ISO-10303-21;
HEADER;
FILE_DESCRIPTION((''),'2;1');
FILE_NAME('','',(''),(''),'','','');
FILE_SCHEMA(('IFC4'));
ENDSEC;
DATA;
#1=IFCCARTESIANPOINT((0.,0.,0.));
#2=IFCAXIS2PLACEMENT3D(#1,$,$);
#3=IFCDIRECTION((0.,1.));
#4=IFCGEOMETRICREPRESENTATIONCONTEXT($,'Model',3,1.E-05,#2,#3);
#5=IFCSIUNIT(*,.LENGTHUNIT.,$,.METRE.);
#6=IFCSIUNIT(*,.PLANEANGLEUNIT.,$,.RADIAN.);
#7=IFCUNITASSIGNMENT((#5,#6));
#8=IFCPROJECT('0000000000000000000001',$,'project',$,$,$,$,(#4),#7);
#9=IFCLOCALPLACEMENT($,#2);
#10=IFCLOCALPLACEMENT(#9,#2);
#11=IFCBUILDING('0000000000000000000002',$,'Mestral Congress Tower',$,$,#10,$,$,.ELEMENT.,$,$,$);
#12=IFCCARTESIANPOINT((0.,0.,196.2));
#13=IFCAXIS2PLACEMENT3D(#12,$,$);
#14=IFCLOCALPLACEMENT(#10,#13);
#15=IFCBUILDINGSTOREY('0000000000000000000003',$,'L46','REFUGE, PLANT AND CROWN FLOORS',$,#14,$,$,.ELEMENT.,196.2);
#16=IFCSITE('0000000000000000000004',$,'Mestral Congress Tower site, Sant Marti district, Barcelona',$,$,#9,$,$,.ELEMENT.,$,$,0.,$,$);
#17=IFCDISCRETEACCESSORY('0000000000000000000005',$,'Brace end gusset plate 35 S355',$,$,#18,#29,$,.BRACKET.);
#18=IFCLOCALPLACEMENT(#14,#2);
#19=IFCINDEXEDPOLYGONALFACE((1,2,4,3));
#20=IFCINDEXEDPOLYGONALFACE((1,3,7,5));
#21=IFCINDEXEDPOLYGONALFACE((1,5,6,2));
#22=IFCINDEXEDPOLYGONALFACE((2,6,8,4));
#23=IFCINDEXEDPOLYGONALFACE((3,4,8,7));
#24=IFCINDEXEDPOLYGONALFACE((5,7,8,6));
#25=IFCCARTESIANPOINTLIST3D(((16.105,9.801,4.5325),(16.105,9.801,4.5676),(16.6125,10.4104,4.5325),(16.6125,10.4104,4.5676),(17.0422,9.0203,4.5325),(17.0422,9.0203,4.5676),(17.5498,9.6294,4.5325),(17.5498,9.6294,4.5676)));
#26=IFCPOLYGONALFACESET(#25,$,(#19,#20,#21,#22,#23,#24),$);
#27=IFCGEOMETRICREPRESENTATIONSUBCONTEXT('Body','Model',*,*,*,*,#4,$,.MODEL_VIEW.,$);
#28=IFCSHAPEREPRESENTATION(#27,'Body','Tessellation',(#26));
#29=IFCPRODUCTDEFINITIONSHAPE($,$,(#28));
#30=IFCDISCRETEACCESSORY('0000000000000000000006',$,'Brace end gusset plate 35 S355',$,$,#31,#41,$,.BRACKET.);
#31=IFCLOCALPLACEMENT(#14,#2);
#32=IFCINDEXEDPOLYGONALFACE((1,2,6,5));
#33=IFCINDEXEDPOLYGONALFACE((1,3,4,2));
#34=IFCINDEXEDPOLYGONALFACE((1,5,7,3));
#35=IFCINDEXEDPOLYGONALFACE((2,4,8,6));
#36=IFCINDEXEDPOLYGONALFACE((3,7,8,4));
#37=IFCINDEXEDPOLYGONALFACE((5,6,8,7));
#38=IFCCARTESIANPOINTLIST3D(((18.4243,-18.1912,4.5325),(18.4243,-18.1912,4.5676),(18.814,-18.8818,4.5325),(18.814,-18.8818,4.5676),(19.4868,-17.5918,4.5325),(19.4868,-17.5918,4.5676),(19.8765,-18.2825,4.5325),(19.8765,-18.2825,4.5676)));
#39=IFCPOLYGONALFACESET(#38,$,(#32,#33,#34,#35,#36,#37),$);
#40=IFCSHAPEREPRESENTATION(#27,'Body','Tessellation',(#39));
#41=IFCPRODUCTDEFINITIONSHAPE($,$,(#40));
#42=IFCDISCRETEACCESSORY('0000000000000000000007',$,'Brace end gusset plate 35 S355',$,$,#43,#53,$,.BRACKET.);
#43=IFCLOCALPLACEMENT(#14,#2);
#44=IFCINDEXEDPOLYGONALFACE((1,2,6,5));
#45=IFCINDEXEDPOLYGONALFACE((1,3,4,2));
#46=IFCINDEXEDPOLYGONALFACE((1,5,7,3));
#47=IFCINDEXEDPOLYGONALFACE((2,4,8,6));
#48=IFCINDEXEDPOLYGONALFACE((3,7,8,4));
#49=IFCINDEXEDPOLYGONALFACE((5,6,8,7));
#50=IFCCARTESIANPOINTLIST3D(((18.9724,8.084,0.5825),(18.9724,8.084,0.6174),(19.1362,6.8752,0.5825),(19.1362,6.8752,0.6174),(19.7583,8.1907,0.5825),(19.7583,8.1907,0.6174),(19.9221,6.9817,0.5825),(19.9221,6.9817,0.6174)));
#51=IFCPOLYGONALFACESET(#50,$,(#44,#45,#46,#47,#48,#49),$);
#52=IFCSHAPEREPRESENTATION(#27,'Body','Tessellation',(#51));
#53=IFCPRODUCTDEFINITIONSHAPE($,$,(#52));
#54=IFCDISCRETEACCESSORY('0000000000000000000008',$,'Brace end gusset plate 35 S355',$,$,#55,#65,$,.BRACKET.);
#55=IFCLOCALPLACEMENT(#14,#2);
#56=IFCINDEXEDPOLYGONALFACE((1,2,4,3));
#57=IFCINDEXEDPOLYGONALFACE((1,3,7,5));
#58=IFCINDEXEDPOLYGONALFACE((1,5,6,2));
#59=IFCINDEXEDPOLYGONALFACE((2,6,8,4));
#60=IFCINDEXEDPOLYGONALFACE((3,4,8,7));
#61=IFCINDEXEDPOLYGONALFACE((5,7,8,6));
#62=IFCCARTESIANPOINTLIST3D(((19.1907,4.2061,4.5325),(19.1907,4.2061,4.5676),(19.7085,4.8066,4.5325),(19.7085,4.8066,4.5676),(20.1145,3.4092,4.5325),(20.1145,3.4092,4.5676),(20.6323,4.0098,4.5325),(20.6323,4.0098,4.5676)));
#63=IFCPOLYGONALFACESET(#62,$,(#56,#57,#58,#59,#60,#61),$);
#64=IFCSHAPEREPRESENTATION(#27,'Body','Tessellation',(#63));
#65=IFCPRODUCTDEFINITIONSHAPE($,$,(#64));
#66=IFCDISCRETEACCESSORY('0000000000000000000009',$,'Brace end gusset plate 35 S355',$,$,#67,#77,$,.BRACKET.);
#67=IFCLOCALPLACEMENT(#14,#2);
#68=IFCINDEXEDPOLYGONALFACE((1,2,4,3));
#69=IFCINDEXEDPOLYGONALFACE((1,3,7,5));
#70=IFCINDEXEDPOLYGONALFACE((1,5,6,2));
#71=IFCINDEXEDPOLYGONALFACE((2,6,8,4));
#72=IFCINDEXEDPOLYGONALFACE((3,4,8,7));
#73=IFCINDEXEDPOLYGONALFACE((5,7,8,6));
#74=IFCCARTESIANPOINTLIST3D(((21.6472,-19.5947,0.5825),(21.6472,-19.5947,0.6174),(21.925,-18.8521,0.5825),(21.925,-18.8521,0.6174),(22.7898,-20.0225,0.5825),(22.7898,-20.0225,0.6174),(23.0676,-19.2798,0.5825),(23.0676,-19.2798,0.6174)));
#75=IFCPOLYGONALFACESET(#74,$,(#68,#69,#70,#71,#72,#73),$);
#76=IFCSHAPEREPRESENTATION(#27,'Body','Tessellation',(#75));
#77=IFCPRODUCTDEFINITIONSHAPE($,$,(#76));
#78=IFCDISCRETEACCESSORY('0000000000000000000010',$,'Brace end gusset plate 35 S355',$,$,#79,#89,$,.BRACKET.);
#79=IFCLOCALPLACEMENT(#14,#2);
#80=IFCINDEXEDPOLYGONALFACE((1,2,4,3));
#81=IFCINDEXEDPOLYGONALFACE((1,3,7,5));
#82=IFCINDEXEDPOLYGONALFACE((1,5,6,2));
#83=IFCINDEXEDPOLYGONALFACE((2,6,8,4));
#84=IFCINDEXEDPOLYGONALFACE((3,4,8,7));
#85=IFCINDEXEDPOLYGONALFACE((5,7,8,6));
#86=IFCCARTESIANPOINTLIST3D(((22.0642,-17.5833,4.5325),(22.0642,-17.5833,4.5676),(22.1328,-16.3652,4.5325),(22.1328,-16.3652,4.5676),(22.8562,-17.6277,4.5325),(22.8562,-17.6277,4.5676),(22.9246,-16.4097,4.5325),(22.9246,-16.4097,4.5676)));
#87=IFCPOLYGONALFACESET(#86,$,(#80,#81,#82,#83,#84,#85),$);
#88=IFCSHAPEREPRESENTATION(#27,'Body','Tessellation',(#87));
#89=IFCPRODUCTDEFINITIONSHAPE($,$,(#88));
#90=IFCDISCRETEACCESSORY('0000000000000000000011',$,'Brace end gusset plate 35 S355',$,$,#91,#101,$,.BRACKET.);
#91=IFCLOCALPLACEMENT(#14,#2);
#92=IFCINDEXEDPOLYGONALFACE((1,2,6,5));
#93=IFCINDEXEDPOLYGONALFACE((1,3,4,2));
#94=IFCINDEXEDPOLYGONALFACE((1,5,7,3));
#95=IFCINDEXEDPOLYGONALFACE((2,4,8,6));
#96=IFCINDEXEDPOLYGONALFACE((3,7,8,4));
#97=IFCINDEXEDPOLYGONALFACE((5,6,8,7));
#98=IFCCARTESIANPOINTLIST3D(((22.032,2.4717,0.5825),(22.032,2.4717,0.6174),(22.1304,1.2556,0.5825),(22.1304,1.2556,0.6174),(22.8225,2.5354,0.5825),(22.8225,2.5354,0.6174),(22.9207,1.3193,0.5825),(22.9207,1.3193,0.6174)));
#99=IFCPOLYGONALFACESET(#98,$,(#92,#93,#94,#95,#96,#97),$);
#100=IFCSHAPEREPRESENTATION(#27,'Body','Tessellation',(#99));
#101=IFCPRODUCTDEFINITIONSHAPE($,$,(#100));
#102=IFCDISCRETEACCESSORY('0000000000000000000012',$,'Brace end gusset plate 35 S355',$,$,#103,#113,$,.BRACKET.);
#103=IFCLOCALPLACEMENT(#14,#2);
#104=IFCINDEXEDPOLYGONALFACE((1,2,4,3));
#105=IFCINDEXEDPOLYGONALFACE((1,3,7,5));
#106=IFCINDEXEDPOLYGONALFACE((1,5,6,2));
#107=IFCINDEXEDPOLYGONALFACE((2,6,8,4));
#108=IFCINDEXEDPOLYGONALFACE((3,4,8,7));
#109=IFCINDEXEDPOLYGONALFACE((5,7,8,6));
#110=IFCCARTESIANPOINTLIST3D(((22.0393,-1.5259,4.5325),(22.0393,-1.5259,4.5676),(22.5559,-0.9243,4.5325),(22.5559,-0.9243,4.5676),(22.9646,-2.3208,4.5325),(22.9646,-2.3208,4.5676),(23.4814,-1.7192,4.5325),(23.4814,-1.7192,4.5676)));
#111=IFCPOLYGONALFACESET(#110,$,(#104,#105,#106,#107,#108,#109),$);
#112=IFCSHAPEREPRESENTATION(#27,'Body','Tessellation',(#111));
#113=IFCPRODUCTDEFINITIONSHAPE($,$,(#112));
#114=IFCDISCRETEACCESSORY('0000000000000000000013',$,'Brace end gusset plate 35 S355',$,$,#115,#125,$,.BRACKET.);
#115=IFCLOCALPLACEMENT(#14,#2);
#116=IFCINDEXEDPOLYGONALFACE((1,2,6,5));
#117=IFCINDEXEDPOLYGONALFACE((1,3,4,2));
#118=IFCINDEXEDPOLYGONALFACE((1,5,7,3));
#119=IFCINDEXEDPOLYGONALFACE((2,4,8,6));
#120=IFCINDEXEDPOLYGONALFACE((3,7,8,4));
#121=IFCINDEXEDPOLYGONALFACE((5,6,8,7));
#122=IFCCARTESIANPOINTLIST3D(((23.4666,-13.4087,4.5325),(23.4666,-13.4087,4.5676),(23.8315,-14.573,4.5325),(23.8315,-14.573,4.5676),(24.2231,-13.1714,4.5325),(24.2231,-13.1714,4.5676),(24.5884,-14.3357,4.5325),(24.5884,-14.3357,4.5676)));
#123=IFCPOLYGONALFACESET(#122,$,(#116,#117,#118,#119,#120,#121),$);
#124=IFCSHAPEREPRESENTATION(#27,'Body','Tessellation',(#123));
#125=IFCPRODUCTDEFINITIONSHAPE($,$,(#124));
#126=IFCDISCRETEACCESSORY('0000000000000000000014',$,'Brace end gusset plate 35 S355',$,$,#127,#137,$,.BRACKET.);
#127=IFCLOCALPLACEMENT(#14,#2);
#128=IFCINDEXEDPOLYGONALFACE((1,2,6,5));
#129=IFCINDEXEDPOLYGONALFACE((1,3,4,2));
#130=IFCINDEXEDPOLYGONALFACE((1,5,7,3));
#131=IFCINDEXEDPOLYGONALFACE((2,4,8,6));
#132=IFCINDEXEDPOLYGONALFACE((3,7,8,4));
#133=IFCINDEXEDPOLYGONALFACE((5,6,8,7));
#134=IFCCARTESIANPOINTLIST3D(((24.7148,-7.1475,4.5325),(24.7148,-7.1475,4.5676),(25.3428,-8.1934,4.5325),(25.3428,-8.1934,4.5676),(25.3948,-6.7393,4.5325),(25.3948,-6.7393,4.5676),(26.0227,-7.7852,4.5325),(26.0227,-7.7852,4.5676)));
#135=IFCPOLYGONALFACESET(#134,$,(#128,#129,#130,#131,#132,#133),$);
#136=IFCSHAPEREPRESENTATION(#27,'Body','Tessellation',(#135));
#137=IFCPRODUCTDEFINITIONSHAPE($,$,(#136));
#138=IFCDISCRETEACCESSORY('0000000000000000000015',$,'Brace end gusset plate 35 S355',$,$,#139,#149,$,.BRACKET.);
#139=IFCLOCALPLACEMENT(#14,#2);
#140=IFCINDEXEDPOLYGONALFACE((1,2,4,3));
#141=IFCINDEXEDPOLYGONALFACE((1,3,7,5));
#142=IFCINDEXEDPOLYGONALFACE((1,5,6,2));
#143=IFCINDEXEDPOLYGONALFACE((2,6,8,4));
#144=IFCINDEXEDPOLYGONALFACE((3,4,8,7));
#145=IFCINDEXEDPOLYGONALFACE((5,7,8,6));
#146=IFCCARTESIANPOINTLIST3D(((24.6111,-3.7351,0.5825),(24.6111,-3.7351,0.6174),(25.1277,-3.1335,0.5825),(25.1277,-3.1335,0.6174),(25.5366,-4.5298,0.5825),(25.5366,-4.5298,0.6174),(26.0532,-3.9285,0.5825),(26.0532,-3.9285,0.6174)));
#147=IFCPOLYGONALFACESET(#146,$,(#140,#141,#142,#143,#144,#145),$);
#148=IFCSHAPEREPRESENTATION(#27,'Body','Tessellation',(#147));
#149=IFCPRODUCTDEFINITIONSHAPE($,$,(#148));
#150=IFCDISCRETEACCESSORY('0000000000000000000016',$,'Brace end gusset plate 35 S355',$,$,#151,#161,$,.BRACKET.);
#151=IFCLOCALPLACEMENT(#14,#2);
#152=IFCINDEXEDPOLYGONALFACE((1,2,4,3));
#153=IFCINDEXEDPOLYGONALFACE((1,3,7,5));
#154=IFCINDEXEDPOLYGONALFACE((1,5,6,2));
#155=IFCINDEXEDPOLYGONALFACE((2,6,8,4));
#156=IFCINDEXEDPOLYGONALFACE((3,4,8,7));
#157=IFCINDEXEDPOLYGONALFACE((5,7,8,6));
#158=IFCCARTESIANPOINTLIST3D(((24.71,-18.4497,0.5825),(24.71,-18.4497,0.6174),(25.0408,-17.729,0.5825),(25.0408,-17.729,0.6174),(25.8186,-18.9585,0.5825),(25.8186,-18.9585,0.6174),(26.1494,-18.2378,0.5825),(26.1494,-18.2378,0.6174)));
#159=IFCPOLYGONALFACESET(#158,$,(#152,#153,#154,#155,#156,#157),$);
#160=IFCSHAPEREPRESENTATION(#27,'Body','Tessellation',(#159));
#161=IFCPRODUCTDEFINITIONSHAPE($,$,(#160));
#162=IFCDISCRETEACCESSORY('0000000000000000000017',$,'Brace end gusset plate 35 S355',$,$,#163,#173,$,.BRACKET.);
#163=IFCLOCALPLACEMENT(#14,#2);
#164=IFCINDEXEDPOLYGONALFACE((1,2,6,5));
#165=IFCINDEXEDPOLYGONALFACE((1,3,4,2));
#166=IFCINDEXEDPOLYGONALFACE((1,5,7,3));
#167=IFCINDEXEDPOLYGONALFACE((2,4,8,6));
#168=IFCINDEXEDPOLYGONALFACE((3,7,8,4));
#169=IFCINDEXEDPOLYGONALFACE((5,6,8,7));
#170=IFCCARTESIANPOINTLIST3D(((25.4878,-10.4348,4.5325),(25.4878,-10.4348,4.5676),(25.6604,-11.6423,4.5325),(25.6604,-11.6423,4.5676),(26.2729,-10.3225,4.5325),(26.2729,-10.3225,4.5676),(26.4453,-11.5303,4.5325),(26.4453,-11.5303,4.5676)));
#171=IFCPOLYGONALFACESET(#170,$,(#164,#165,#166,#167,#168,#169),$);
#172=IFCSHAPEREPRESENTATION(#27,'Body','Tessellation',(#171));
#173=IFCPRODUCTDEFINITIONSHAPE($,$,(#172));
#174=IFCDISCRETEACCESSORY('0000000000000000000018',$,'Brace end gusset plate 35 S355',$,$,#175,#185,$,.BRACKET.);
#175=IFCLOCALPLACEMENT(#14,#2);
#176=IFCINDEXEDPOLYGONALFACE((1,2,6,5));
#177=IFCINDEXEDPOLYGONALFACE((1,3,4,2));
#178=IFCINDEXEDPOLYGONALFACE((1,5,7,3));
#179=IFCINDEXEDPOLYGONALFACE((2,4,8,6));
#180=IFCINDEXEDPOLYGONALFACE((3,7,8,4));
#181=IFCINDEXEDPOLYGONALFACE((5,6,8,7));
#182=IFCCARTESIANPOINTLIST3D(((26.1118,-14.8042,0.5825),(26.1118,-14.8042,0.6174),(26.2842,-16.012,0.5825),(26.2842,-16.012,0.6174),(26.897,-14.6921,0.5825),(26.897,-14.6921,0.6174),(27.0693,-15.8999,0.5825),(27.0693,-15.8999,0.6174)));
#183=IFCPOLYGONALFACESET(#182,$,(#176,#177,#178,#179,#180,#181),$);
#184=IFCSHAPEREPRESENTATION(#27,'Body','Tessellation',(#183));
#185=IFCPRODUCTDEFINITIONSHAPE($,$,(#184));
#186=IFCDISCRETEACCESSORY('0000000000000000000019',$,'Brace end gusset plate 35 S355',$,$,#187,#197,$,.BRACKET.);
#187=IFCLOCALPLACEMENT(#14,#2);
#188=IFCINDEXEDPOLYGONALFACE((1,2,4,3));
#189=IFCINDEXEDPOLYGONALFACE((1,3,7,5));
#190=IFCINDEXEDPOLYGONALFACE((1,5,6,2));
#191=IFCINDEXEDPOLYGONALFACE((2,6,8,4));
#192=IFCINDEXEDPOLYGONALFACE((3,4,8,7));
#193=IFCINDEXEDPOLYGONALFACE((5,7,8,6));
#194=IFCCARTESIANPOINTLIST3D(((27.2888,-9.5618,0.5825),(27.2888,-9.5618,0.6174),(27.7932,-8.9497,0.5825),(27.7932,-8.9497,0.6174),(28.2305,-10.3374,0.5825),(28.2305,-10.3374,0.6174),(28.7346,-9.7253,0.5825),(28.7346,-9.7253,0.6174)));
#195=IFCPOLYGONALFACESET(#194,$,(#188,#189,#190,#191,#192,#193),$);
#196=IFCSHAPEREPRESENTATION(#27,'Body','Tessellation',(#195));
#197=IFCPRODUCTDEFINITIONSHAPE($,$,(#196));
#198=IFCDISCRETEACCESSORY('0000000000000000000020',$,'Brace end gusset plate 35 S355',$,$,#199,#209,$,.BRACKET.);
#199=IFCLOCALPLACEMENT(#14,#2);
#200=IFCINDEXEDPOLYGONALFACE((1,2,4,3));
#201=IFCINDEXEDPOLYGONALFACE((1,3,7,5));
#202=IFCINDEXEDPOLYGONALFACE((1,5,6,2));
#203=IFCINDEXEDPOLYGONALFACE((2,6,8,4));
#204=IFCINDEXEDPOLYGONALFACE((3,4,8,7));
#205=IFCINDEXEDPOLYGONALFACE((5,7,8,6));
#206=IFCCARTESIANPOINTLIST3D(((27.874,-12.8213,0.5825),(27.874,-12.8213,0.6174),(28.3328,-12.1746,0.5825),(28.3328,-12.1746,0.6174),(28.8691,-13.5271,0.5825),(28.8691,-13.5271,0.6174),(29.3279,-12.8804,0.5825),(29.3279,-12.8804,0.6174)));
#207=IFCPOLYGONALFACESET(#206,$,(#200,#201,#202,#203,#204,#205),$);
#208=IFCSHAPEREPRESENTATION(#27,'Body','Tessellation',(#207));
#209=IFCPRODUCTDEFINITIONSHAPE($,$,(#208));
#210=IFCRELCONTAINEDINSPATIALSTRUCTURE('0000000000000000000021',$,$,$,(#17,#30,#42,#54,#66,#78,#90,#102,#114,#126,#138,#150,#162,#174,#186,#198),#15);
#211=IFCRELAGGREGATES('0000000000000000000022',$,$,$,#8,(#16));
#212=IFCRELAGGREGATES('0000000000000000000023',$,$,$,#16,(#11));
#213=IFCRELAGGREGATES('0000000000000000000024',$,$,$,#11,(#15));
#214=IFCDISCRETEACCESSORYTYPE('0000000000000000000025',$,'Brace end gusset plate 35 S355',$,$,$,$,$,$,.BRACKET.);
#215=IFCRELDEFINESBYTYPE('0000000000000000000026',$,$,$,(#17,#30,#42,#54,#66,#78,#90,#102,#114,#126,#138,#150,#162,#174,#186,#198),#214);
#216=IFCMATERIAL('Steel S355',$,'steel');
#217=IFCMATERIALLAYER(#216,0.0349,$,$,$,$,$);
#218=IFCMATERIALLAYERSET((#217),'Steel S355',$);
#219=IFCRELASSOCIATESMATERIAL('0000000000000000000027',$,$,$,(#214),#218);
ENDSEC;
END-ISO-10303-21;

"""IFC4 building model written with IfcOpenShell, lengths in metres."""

from ifc_helpers import new_model, si_unit, direction, frame, origin, place, context, subcontext, project, spatial, polyline, outline, extrude, material, layer, layer_set, type_object, element, save


model = new_model("IFC4")

# Units and contexts
model_context = context("Model", 3, precision=1e-05, world=origin(), true_north=direction((0.0, 1.0)))
body_context = subcontext(model_context, "Body", "Model", "MODEL_VIEW")
ifc_project = project(units=[si_unit("LENGTHUNIT", "METRE"), si_unit("PLANEANGLEUNIT", "RADIAN")], contexts=[model_context])

# Site, building, storey
site_placement = place(None, origin())
site = spatial("IfcSite", under=ifc_project, at=site_placement, Name="Mestral Congress Tower site, Sant Marti district, Barcelona", CompositionType="ELEMENT", RefElevation=0.0)
building_placement = place(site_placement, origin())
building = spatial("IfcBuilding", under=site, at=building_placement, Name="Mestral Congress Tower", CompositionType="ELEMENT")
storey_placement = place(building_placement, frame((0.0, 0.0, 196.2)))
storey = spatial("IfcBuildingStorey", under=building, at=storey_placement, Name="L46", Description="REFUGE, PLANT AND CROWN FLOORS", CompositionType="ELEMENT", Elevation=196.2)

# Discrete accessories
ifc_material_1 = material(Name="Steel S355", Category="steel")
ifc_layer_1 = layer(ifc_material_1, 0.0349)
ifc_layer_set_1 = layer_set([ifc_layer_1], Name="Steel S355")
discrete_accessory_type = type_object("IfcDiscreteAccessoryType", Name="Brace end gusset plate 35 S355", PredefinedType="BRACKET", material=ifc_layer_set_1)
placement_1 = place(storey_placement, frame((0.0, 0.0, 0.5825)))
placement_2 = place(storey_placement, frame((0.0, 0.0, 4.5325)))
element("IfcDiscreteAccessory", 1, at=placement_2, inside=storey, type_object=discrete_accessory_type, Name="Brace end gusset plate 35 S355", PredefinedType="BRACKET", context=body_context, shape_type="SweptSolid", body=[
    extrude(outline(polyline([(16.105, 9.801), (17.0422, 9.0203), (17.5498, 9.6294), (16.6125, 10.4104), (16.105, 9.801)])), origin(), (0.0, 0.0, 1.0), 0.0352),
])
element("IfcDiscreteAccessory", 2, at=placement_2, inside=storey, type_object=discrete_accessory_type, Name="Brace end gusset plate 35 S355", PredefinedType="BRACKET", context=body_context, shape_type="SweptSolid", body=[
    extrude(outline(polyline([(19.4868, -17.5918), (18.4243, -18.1912), (18.814, -18.8818), (19.8765, -18.2825), (19.4868, -17.5918)])), origin(), (0.0, 0.0, 1.0), 0.0352),
])
element("IfcDiscreteAccessory", 3, at=placement_1, inside=storey, type_object=discrete_accessory_type, Name="Brace end gusset plate 35 S355", PredefinedType="BRACKET", context=body_context, shape_type="SweptSolid", body=[
    extrude(outline(polyline([(18.9724, 8.084), (19.1362, 6.8752), (19.9221, 6.9817), (19.7583, 8.1907), (18.9724, 8.084)])), origin(), (0.0, 0.0, 1.0), 0.0349),
])
element("IfcDiscreteAccessory", 4, at=placement_2, inside=storey, type_object=discrete_accessory_type, Name="Brace end gusset plate 35 S355", PredefinedType="BRACKET", context=body_context, shape_type="SweptSolid", body=[
    extrude(outline(polyline([(19.1907, 4.2061), (20.1145, 3.4092), (20.6323, 4.0098), (19.7085, 4.8066), (19.1907, 4.2061)])), origin(), (0.0, 0.0, 1.0), 0.0352),
])
element("IfcDiscreteAccessory", 5, at=placement_1, inside=storey, type_object=discrete_accessory_type, Name="Brace end gusset plate 35 S355", PredefinedType="BRACKET", context=body_context, shape_type="SweptSolid", body=[
    extrude(outline(polyline([(23.0676, -19.2798), (21.925, -18.8521), (21.6472, -19.5947), (22.7898, -20.0225), (23.0676, -19.2798)])), origin(), (0.0, 0.0, 1.0), 0.0349),
])
element("IfcDiscreteAccessory", 6, at=placement_2, inside=storey, type_object=discrete_accessory_type, Name="Brace end gusset plate 35 S355", PredefinedType="BRACKET", context=body_context, shape_type="SweptSolid", body=[
    extrude(outline(polyline([(22.1328, -16.3652), (22.0642, -17.5833), (22.8562, -17.6277), (22.9246, -16.4097), (22.1328, -16.3652)])), origin(), (0.0, 0.0, 1.0), 0.0352),
])
element("IfcDiscreteAccessory", 7, at=placement_1, inside=storey, type_object=discrete_accessory_type, Name="Brace end gusset plate 35 S355", PredefinedType="BRACKET", context=body_context, shape_type="SweptSolid", body=[
    extrude(outline(polyline([(22.032, 2.4717), (22.1304, 1.2556), (22.9207, 1.3193), (22.8225, 2.5354), (22.032, 2.4717)])), origin(), (0.0, 0.0, 1.0), 0.0349),
])
element("IfcDiscreteAccessory", 8, at=placement_2, inside=storey, type_object=discrete_accessory_type, Name="Brace end gusset plate 35 S355", PredefinedType="BRACKET", context=body_context, shape_type="SweptSolid", body=[
    extrude(outline(polyline([(22.0393, -1.5259), (22.9646, -2.3208), (23.4814, -1.7192), (22.5559, -0.9243), (22.0393, -1.5259)])), origin(), (0.0, 0.0, 1.0), 0.0352),
])
element("IfcDiscreteAccessory", 9, at=placement_2, inside=storey, type_object=discrete_accessory_type, Name="Brace end gusset plate 35 S355", PredefinedType="BRACKET", context=body_context, shape_type="SweptSolid", body=[
    extrude(outline(polyline([(23.4666, -13.4087), (23.8315, -14.573), (24.5884, -14.3357), (24.2231, -13.1714), (23.4666, -13.4087)])), origin(), (0.0, 0.0, 1.0), 0.0352),
])
element("IfcDiscreteAccessory", 10, at=placement_2, inside=storey, type_object=discrete_accessory_type, Name="Brace end gusset plate 35 S355", PredefinedType="BRACKET", context=body_context, shape_type="SweptSolid", body=[
    extrude(outline(polyline([(24.7148, -7.1475), (25.3428, -8.1934), (26.0227, -7.7852), (25.3948, -6.7393), (24.7148, -7.1475)])), origin(), (0.0, 0.0, 1.0), 0.0352),
])
element("IfcDiscreteAccessory", 11, at=placement_1, inside=storey, type_object=discrete_accessory_type, Name="Brace end gusset plate 35 S355", PredefinedType="BRACKET", context=body_context, shape_type="SweptSolid", body=[
    extrude(outline(polyline([(26.0532, -3.9285), (25.1277, -3.1335), (24.6111, -3.7351), (25.5366, -4.5298), (26.0532, -3.9285)])), origin(), (0.0, 0.0, 1.0), 0.0349),
])
element("IfcDiscreteAccessory", 12, at=placement_1, inside=storey, type_object=discrete_accessory_type, Name="Brace end gusset plate 35 S355", PredefinedType="BRACKET", context=body_context, shape_type="SweptSolid", body=[
    extrude(outline(polyline([(26.1494, -18.2378), (25.0408, -17.729), (24.71, -18.4497), (25.8186, -18.9585), (26.1494, -18.2378)])), origin(), (0.0, 0.0, 1.0), 0.0349),
])
element("IfcDiscreteAccessory", 13, at=placement_2, inside=storey, type_object=discrete_accessory_type, Name="Brace end gusset plate 35 S355", PredefinedType="BRACKET", context=body_context, shape_type="SweptSolid", body=[
    extrude(outline(polyline([(25.4878, -10.4348), (25.6604, -11.6423), (26.4453, -11.5303), (26.2729, -10.3225), (25.4878, -10.4348)])), origin(), (0.0, 0.0, 1.0), 0.0352),
])
element("IfcDiscreteAccessory", 14, at=placement_1, inside=storey, type_object=discrete_accessory_type, Name="Brace end gusset plate 35 S355", PredefinedType="BRACKET", context=body_context, shape_type="SweptSolid", body=[
    extrude(outline(polyline([(27.0693, -15.8999), (26.897, -14.6921), (26.1118, -14.8042), (26.2842, -16.012), (27.0693, -15.8999)])), origin(), (0.0, 0.0, 1.0), 0.0349),
])
element("IfcDiscreteAccessory", 15, at=placement_1, inside=storey, type_object=discrete_accessory_type, Name="Brace end gusset plate 35 S355", PredefinedType="BRACKET", context=body_context, shape_type="SweptSolid", body=[
    extrude(outline(polyline([(28.7346, -9.7253), (27.7932, -8.9497), (27.2888, -9.5618), (28.2305, -10.3374), (28.7346, -9.7253)])), origin(), (0.0, 0.0, 1.0), 0.0349),
])
element("IfcDiscreteAccessory", 16, at=placement_1, inside=storey, type_object=discrete_accessory_type, Name="Brace end gusset plate 35 S355", PredefinedType="BRACKET", context=body_context, shape_type="SweptSolid", body=[
    extrude(outline(polyline([(29.3279, -12.8804), (28.3328, -12.1746), (27.874, -12.8213), (28.8691, -13.5271), (29.3279, -12.8804)])), origin(), (0.0, 0.0, 1.0), 0.0349),
])

save(model, "model.ifc")
